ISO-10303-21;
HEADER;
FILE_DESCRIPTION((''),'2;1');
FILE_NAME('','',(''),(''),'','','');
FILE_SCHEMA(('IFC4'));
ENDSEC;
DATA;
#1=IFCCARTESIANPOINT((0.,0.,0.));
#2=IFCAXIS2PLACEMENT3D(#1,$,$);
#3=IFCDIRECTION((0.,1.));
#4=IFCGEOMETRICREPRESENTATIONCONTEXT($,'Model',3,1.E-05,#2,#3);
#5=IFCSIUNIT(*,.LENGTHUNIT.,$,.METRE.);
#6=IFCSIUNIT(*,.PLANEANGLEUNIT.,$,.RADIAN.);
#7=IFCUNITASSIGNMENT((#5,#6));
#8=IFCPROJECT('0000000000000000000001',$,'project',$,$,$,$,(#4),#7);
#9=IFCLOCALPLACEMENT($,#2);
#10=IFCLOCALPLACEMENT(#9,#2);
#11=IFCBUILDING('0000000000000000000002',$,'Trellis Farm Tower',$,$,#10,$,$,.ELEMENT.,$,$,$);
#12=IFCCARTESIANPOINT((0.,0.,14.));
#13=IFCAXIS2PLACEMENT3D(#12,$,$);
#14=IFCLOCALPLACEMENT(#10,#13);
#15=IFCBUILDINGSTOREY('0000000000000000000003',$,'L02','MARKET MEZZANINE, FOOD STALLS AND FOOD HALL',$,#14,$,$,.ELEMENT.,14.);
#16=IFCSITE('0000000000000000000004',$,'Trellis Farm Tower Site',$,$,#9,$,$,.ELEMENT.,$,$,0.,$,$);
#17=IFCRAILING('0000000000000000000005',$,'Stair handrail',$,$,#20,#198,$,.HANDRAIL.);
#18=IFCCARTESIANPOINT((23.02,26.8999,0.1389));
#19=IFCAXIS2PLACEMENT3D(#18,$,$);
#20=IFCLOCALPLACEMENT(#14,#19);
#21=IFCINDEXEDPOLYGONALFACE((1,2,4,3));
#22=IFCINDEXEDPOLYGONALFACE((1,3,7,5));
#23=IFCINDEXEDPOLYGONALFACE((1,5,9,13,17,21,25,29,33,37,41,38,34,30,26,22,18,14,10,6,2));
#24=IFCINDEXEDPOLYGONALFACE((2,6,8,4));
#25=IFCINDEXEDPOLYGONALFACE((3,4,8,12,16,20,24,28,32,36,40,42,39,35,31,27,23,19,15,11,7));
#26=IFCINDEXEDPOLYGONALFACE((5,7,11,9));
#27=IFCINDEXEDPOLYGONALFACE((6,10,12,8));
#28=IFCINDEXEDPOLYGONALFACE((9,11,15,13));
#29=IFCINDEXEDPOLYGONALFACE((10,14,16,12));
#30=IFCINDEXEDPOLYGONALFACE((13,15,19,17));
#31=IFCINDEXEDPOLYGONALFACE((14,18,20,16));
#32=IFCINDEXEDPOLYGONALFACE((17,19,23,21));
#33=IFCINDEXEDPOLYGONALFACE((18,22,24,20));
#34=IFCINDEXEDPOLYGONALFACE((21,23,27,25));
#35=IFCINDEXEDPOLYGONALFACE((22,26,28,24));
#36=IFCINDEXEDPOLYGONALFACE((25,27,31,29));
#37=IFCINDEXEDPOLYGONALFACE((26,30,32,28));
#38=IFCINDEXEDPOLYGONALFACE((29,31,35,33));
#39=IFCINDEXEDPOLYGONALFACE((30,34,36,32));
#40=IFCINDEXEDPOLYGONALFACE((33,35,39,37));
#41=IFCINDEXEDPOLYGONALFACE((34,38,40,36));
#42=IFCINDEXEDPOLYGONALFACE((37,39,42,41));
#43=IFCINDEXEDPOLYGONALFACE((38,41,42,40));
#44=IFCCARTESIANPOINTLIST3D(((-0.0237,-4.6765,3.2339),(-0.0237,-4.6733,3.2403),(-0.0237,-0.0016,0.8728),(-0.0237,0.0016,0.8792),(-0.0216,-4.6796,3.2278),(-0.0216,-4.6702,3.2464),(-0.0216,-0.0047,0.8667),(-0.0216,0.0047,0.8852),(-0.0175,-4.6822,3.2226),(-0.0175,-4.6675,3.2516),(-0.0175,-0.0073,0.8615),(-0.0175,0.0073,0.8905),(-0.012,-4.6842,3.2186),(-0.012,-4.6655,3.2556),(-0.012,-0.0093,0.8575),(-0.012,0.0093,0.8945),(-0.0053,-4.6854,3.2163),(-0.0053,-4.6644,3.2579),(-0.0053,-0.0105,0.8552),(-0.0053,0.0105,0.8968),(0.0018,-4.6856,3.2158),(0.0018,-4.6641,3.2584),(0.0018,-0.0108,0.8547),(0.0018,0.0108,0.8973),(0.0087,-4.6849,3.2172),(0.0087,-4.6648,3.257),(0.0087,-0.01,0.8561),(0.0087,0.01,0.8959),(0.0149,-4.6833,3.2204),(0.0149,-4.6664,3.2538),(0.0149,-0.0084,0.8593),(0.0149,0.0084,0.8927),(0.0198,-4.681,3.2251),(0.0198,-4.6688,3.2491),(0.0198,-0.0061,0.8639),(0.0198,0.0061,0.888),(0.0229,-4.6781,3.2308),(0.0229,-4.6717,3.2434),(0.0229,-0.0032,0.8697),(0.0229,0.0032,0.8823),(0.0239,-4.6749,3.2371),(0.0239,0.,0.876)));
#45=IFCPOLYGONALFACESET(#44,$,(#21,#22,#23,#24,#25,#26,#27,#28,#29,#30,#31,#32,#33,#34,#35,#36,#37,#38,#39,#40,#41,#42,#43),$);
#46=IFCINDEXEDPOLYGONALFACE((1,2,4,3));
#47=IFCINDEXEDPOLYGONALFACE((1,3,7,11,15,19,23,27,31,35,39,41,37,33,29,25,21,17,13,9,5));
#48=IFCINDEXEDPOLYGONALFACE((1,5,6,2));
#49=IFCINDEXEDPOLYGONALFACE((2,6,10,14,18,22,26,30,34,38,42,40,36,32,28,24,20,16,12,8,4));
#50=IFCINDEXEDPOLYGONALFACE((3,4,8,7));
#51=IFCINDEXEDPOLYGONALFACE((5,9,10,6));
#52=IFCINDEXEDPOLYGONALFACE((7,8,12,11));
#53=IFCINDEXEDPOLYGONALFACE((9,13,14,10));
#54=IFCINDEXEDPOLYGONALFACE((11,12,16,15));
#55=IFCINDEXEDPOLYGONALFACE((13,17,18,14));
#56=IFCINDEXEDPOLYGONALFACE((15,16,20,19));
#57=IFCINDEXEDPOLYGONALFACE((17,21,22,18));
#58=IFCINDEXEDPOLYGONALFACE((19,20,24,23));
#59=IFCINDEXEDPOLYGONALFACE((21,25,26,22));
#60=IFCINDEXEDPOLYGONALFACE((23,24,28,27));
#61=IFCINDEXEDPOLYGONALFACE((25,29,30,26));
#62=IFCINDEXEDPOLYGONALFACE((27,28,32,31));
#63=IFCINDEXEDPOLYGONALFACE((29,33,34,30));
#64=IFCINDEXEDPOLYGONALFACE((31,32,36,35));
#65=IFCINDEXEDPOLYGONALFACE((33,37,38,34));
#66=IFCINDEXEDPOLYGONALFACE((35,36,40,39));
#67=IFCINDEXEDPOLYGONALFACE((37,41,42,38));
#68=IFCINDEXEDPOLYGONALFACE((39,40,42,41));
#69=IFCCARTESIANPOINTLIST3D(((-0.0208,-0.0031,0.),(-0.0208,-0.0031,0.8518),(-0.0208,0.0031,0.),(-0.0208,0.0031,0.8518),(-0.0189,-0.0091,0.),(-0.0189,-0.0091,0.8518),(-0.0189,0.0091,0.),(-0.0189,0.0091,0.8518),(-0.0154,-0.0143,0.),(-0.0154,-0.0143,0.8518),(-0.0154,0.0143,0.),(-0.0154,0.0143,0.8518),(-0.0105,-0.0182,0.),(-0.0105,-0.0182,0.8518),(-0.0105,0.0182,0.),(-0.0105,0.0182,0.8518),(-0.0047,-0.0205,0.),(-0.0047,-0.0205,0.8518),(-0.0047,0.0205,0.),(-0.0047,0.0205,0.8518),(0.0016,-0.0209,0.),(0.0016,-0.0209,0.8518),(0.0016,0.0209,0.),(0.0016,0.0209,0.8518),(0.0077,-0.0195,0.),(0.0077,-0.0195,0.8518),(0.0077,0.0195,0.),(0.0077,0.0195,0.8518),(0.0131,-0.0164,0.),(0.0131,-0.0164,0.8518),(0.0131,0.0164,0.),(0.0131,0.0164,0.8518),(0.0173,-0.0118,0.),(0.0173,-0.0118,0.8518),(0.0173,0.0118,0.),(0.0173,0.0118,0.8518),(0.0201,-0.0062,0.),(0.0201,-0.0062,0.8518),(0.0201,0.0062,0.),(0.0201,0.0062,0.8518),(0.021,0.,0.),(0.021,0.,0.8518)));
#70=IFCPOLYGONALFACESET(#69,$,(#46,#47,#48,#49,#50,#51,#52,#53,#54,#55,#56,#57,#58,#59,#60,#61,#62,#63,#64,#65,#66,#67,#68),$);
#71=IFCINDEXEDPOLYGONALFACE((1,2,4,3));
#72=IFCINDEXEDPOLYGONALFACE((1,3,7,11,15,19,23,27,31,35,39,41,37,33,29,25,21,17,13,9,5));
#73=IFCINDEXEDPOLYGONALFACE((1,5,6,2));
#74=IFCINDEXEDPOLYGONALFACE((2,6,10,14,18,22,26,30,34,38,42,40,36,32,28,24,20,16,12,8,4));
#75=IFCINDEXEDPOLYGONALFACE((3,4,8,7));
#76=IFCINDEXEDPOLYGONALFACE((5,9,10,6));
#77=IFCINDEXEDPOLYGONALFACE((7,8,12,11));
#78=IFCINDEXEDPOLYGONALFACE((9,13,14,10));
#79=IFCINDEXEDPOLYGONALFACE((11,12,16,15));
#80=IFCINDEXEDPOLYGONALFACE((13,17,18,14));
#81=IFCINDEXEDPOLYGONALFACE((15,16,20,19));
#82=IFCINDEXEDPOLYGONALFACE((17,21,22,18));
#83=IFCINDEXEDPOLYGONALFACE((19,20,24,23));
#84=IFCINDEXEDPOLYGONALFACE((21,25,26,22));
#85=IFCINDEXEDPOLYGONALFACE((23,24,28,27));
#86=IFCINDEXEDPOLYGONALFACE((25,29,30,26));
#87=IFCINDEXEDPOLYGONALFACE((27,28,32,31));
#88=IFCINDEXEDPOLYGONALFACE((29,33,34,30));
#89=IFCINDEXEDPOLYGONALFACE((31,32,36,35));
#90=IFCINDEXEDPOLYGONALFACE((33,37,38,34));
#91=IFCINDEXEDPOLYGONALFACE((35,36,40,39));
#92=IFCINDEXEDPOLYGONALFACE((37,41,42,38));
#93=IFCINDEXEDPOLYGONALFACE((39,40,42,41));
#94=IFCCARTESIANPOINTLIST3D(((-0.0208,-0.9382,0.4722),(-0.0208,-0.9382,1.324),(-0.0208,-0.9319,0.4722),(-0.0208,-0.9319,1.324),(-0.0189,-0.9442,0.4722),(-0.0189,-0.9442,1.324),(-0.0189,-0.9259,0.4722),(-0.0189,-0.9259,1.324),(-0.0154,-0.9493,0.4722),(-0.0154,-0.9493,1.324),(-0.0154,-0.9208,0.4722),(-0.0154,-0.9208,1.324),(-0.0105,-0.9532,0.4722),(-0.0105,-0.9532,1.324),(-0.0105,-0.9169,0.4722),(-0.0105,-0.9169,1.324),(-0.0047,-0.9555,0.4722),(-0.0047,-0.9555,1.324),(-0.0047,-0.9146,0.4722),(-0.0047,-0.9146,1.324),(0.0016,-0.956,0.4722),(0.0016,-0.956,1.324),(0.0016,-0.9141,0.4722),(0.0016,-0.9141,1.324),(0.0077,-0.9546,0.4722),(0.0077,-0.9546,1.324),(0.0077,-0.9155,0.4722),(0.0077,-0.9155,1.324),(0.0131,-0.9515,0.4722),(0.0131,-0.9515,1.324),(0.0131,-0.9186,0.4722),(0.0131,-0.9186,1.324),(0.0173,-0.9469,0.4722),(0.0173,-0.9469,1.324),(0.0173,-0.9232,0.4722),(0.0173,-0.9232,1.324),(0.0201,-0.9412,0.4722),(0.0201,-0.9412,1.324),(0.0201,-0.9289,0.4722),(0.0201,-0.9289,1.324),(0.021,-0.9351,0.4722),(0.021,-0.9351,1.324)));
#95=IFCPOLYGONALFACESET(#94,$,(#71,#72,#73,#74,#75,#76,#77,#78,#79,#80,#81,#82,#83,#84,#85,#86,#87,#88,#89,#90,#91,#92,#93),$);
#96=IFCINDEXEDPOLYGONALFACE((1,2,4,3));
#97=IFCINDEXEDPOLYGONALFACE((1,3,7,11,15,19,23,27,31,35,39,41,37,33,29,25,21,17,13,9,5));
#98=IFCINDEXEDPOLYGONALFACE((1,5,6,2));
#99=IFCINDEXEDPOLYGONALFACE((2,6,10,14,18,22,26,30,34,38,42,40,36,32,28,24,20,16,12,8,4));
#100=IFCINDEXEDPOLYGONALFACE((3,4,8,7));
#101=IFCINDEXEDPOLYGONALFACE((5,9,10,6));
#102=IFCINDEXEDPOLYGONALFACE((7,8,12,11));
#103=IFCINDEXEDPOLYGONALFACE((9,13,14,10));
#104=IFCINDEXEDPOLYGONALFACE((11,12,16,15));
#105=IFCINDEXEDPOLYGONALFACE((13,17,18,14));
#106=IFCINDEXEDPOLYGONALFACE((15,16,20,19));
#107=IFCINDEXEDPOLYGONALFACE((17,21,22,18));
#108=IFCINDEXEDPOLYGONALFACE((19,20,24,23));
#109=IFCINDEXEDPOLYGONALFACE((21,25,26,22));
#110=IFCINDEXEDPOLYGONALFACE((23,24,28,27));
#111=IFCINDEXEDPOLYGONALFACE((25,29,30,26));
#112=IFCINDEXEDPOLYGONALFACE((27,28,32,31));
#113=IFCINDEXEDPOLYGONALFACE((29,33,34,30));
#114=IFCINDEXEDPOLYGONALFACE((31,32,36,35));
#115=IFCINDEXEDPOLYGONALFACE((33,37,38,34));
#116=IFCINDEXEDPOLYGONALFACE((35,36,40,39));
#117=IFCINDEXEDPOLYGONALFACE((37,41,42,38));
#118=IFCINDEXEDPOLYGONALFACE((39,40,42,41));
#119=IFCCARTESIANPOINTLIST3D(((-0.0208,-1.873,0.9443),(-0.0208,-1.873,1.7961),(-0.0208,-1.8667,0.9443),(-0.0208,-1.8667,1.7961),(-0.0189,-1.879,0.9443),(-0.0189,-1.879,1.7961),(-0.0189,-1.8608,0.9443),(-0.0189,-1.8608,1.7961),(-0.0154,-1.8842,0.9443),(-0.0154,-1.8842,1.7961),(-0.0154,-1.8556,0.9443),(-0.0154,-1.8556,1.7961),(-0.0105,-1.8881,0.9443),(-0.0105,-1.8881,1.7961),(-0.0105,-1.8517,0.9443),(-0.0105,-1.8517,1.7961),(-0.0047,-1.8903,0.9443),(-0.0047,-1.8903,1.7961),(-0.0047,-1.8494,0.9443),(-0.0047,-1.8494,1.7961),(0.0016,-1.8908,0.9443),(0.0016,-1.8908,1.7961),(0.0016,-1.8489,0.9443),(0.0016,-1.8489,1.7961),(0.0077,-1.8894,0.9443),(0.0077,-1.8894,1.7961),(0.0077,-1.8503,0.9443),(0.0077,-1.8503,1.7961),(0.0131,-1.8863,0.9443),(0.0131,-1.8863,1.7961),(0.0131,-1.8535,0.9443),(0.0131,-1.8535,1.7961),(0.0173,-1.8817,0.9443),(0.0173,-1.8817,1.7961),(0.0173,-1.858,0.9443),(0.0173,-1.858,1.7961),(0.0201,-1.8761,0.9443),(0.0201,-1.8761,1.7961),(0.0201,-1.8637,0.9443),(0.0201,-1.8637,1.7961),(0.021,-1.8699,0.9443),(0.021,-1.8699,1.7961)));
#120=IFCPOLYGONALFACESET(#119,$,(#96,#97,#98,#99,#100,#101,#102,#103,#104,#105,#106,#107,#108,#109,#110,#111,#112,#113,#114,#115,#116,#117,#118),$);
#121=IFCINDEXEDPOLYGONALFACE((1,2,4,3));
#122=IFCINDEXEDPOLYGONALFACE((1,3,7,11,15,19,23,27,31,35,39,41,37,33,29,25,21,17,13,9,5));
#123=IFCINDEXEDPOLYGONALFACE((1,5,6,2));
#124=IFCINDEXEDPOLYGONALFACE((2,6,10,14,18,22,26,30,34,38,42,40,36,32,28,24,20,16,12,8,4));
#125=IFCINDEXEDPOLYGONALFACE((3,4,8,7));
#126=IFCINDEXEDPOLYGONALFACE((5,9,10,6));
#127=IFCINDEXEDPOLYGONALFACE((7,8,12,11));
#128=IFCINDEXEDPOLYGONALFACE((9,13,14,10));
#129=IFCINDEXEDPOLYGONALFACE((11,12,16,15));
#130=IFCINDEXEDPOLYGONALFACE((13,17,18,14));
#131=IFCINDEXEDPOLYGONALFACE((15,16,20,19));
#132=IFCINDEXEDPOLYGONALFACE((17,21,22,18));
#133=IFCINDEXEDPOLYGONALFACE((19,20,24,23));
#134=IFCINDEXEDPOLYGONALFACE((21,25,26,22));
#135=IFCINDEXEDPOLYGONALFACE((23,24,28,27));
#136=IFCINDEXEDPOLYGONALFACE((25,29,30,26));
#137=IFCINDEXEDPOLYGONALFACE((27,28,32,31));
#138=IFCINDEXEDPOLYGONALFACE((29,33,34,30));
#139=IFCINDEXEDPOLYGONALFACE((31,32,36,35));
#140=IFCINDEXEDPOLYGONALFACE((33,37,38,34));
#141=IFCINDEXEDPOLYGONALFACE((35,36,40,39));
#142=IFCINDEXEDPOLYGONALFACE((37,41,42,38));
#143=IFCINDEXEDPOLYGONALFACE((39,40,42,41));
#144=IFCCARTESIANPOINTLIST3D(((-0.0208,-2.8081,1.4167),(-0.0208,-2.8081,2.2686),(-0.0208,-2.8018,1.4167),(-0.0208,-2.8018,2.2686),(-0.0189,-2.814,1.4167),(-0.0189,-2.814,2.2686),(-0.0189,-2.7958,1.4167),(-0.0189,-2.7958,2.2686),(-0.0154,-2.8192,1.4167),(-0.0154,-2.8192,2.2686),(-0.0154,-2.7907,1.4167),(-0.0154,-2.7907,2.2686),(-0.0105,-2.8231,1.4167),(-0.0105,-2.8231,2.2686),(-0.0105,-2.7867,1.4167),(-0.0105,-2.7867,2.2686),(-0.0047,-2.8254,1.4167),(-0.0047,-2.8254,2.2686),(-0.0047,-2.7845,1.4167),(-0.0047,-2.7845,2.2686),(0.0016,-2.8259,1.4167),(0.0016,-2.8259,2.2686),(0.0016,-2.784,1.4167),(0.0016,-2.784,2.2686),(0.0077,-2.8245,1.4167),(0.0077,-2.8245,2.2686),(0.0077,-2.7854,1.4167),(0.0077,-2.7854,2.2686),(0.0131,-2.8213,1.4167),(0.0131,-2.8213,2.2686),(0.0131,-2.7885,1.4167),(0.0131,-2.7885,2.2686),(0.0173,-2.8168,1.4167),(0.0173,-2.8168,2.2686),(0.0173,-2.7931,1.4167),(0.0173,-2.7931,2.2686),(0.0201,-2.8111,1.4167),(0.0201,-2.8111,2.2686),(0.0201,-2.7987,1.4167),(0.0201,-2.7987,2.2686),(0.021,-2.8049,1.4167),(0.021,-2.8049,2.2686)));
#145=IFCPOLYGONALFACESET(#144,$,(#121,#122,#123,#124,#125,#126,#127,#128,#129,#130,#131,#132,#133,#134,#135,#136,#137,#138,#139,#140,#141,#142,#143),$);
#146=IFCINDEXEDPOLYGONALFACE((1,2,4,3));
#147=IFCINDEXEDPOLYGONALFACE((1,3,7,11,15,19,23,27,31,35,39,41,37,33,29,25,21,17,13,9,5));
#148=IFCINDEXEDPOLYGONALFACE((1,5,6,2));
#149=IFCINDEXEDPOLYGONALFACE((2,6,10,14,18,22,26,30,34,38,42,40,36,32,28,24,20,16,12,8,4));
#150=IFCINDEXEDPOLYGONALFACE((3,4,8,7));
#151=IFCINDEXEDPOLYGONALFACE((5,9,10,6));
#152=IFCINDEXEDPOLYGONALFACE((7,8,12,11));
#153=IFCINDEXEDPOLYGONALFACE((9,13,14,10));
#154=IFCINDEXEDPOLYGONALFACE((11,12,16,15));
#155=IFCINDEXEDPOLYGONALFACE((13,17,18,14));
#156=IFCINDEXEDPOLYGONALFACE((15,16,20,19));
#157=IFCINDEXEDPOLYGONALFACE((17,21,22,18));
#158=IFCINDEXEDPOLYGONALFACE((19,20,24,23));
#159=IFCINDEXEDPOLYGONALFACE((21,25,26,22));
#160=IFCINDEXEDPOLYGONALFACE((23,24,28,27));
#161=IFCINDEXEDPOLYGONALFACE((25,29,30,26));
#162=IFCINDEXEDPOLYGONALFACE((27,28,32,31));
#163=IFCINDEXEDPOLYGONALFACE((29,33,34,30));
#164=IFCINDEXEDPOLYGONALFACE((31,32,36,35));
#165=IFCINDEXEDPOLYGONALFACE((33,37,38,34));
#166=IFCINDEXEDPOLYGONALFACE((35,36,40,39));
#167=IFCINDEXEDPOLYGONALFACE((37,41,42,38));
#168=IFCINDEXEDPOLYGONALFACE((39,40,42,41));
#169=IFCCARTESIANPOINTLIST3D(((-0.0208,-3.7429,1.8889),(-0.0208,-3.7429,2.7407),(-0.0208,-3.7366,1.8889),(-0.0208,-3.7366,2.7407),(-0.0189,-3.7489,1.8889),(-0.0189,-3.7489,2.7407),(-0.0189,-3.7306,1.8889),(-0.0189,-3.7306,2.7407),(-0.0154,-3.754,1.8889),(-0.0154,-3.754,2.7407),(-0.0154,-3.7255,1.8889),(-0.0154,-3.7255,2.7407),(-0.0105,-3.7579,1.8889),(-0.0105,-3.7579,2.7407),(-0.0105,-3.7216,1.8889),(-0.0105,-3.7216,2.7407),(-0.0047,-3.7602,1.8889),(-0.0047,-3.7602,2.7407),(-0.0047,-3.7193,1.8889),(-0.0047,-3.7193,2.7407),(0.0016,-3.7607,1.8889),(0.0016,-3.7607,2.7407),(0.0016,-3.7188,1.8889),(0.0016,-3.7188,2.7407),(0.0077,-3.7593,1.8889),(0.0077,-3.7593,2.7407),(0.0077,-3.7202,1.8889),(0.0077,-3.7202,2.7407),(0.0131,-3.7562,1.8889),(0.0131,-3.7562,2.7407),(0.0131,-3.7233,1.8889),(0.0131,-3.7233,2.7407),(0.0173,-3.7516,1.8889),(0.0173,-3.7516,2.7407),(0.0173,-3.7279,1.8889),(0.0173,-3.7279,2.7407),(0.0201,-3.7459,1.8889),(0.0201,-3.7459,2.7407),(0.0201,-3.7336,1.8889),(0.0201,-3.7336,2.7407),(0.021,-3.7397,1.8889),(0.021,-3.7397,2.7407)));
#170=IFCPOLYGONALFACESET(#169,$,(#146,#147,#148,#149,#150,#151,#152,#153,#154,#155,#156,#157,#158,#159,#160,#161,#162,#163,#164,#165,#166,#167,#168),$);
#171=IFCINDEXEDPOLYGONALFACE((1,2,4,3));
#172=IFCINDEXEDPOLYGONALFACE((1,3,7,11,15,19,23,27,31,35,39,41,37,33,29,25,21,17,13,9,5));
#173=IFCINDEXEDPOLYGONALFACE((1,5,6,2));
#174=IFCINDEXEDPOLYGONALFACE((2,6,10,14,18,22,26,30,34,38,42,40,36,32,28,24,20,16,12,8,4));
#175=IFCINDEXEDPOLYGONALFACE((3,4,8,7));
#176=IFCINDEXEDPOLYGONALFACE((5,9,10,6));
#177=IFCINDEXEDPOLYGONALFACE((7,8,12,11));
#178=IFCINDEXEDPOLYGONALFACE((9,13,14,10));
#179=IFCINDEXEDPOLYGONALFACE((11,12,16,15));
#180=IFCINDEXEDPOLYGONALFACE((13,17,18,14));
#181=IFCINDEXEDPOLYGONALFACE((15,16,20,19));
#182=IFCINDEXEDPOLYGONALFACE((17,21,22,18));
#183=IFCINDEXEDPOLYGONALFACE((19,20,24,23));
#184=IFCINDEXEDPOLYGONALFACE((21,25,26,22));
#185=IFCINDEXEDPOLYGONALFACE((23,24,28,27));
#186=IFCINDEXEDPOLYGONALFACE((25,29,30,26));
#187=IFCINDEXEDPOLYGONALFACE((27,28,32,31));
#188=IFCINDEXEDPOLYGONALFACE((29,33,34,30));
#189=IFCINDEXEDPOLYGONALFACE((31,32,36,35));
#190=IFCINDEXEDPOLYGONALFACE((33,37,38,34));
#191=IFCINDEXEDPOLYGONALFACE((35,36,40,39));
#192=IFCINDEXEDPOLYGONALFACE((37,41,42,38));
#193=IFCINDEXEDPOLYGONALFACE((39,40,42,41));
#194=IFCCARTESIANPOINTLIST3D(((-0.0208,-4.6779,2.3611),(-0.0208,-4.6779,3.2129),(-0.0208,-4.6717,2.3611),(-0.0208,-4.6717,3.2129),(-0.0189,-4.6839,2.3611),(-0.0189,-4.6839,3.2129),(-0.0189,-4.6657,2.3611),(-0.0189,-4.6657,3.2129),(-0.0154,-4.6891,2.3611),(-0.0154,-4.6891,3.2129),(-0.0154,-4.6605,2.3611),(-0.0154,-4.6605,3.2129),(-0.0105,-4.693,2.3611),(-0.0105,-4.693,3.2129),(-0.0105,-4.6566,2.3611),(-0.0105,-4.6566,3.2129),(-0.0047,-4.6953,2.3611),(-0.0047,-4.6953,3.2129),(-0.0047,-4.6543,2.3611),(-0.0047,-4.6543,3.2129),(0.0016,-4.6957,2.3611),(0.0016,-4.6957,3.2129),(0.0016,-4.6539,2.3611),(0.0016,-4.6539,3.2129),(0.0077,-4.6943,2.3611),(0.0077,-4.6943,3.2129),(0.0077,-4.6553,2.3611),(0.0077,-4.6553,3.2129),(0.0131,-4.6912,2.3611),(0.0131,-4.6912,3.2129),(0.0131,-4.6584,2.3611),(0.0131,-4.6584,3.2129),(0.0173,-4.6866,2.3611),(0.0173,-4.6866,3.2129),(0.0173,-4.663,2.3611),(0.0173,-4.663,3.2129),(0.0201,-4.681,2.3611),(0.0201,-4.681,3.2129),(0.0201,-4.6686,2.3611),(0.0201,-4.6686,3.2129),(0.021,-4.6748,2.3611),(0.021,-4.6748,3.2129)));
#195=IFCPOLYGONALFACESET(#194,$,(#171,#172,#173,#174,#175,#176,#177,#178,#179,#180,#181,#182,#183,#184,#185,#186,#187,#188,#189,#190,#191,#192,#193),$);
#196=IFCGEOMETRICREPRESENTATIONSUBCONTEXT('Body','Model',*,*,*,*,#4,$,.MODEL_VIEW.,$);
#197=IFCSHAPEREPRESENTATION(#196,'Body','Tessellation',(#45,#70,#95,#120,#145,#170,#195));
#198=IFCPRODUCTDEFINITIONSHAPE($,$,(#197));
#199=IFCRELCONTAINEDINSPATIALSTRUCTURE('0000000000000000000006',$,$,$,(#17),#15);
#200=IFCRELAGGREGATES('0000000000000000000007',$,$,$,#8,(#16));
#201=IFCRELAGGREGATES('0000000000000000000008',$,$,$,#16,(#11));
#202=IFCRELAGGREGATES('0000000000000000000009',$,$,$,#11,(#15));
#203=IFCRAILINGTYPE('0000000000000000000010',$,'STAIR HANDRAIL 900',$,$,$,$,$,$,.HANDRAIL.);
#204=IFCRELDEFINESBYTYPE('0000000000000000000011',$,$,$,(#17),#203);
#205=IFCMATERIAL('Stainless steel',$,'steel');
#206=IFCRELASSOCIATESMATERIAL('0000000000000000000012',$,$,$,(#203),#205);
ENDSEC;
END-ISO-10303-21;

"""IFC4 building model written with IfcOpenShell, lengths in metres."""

from ifc_helpers import new_model, si_unit, direction, frame, origin, origin_2d, place, context, subcontext, project, spatial, circle, extrude, source, transform, mapped, material, type_object, element, save


model = new_model("IFC4")

# Units and contexts
model_context = context("Model", 3, precision=1e-05, world=origin(), true_north=direction((0.0, 1.0)))
body_context = subcontext(model_context, "Body", "Model", "MODEL_VIEW")
ifc_project = project(units=[si_unit("LENGTHUNIT", "METRE"), si_unit("PLANEANGLEUNIT", "RADIAN")], contexts=[model_context])

# Site, building, storey
site_placement = place(None, origin())
site = spatial("IfcSite", under=ifc_project, at=site_placement, Name="Trellis Farm Tower Site", CompositionType="ELEMENT", RefElevation=0.0)
building_placement = place(site_placement, origin())
building = spatial("IfcBuilding", under=site, at=building_placement, Name="Trellis Farm Tower", CompositionType="ELEMENT")
storey_placement = place(building_placement, frame((0.0, 0.0, 14.0)))
storey = spatial("IfcBuildingStorey", under=building, at=storey_placement, Name="L02", Description="MARKET MEZZANINE, FOOD STALLS AND FOOD HALL", CompositionType="ELEMENT", Elevation=14.0)

# Railing
ifc_material_1 = material(Name="Stainless steel", Category="steel")
railing_type = type_object("IfcRailingType", Name="STAIR HANDRAIL 900", PredefinedType="HANDRAIL", material=ifc_material_1)
shared_shape_1 = source(origin(), body_context, "Body", "SweptSolid", [
    extrude(circle(Radius=0.0239, at=origin_2d()), frame((0.0, 0.0, 0.876), z_axis=(0.0, -0.892611, 0.450827), x_axis=(1.0, 0.0, 0.0)), (0.0, 0.0, 1.0), 5.2373),
    extrude(circle(Radius=0.021, at=origin_2d()), origin(), (0.0, 0.0, 1.0), 0.8518),
    extrude(circle(Radius=0.021, at=origin_2d()), frame((0.0, -0.9351, 0.4722)), (0.0, 0.0, 1.0), 0.8518),
    extrude(circle(Radius=0.021, at=origin_2d()), frame((0.0, -1.8699, 0.9443)), (0.0, 0.0, 1.0), 0.8518),
    extrude(circle(Radius=0.021, at=origin_2d()), frame((0.0, -2.8049, 1.4167)), (0.0, 0.0, 1.0), 0.8518),
    extrude(circle(Radius=0.021, at=origin_2d()), frame((0.0, -3.7397, 1.8889)), (0.0, 0.0, 1.0), 0.8518),
    extrude(circle(Radius=0.021, at=origin_2d()), frame((0.0, -4.6748, 2.3611)), (0.0, 0.0, 1.0), 0.8518),
])
for number, where, name in (
    (1, (23.02, 26.8999, 0.1389), "Stair handrail"),
):
    element("IfcRailing", number, at=place(storey_placement, frame(where)), inside=storey, type_object=railing_type, Name=name, PredefinedType="HANDRAIL", context=body_context, shape_type="MappedRepresentation", body=[
        mapped(shared_shape_1, transform((0.0, 0.0, 0.0))),
    ])

save(model, "model.ifc")
